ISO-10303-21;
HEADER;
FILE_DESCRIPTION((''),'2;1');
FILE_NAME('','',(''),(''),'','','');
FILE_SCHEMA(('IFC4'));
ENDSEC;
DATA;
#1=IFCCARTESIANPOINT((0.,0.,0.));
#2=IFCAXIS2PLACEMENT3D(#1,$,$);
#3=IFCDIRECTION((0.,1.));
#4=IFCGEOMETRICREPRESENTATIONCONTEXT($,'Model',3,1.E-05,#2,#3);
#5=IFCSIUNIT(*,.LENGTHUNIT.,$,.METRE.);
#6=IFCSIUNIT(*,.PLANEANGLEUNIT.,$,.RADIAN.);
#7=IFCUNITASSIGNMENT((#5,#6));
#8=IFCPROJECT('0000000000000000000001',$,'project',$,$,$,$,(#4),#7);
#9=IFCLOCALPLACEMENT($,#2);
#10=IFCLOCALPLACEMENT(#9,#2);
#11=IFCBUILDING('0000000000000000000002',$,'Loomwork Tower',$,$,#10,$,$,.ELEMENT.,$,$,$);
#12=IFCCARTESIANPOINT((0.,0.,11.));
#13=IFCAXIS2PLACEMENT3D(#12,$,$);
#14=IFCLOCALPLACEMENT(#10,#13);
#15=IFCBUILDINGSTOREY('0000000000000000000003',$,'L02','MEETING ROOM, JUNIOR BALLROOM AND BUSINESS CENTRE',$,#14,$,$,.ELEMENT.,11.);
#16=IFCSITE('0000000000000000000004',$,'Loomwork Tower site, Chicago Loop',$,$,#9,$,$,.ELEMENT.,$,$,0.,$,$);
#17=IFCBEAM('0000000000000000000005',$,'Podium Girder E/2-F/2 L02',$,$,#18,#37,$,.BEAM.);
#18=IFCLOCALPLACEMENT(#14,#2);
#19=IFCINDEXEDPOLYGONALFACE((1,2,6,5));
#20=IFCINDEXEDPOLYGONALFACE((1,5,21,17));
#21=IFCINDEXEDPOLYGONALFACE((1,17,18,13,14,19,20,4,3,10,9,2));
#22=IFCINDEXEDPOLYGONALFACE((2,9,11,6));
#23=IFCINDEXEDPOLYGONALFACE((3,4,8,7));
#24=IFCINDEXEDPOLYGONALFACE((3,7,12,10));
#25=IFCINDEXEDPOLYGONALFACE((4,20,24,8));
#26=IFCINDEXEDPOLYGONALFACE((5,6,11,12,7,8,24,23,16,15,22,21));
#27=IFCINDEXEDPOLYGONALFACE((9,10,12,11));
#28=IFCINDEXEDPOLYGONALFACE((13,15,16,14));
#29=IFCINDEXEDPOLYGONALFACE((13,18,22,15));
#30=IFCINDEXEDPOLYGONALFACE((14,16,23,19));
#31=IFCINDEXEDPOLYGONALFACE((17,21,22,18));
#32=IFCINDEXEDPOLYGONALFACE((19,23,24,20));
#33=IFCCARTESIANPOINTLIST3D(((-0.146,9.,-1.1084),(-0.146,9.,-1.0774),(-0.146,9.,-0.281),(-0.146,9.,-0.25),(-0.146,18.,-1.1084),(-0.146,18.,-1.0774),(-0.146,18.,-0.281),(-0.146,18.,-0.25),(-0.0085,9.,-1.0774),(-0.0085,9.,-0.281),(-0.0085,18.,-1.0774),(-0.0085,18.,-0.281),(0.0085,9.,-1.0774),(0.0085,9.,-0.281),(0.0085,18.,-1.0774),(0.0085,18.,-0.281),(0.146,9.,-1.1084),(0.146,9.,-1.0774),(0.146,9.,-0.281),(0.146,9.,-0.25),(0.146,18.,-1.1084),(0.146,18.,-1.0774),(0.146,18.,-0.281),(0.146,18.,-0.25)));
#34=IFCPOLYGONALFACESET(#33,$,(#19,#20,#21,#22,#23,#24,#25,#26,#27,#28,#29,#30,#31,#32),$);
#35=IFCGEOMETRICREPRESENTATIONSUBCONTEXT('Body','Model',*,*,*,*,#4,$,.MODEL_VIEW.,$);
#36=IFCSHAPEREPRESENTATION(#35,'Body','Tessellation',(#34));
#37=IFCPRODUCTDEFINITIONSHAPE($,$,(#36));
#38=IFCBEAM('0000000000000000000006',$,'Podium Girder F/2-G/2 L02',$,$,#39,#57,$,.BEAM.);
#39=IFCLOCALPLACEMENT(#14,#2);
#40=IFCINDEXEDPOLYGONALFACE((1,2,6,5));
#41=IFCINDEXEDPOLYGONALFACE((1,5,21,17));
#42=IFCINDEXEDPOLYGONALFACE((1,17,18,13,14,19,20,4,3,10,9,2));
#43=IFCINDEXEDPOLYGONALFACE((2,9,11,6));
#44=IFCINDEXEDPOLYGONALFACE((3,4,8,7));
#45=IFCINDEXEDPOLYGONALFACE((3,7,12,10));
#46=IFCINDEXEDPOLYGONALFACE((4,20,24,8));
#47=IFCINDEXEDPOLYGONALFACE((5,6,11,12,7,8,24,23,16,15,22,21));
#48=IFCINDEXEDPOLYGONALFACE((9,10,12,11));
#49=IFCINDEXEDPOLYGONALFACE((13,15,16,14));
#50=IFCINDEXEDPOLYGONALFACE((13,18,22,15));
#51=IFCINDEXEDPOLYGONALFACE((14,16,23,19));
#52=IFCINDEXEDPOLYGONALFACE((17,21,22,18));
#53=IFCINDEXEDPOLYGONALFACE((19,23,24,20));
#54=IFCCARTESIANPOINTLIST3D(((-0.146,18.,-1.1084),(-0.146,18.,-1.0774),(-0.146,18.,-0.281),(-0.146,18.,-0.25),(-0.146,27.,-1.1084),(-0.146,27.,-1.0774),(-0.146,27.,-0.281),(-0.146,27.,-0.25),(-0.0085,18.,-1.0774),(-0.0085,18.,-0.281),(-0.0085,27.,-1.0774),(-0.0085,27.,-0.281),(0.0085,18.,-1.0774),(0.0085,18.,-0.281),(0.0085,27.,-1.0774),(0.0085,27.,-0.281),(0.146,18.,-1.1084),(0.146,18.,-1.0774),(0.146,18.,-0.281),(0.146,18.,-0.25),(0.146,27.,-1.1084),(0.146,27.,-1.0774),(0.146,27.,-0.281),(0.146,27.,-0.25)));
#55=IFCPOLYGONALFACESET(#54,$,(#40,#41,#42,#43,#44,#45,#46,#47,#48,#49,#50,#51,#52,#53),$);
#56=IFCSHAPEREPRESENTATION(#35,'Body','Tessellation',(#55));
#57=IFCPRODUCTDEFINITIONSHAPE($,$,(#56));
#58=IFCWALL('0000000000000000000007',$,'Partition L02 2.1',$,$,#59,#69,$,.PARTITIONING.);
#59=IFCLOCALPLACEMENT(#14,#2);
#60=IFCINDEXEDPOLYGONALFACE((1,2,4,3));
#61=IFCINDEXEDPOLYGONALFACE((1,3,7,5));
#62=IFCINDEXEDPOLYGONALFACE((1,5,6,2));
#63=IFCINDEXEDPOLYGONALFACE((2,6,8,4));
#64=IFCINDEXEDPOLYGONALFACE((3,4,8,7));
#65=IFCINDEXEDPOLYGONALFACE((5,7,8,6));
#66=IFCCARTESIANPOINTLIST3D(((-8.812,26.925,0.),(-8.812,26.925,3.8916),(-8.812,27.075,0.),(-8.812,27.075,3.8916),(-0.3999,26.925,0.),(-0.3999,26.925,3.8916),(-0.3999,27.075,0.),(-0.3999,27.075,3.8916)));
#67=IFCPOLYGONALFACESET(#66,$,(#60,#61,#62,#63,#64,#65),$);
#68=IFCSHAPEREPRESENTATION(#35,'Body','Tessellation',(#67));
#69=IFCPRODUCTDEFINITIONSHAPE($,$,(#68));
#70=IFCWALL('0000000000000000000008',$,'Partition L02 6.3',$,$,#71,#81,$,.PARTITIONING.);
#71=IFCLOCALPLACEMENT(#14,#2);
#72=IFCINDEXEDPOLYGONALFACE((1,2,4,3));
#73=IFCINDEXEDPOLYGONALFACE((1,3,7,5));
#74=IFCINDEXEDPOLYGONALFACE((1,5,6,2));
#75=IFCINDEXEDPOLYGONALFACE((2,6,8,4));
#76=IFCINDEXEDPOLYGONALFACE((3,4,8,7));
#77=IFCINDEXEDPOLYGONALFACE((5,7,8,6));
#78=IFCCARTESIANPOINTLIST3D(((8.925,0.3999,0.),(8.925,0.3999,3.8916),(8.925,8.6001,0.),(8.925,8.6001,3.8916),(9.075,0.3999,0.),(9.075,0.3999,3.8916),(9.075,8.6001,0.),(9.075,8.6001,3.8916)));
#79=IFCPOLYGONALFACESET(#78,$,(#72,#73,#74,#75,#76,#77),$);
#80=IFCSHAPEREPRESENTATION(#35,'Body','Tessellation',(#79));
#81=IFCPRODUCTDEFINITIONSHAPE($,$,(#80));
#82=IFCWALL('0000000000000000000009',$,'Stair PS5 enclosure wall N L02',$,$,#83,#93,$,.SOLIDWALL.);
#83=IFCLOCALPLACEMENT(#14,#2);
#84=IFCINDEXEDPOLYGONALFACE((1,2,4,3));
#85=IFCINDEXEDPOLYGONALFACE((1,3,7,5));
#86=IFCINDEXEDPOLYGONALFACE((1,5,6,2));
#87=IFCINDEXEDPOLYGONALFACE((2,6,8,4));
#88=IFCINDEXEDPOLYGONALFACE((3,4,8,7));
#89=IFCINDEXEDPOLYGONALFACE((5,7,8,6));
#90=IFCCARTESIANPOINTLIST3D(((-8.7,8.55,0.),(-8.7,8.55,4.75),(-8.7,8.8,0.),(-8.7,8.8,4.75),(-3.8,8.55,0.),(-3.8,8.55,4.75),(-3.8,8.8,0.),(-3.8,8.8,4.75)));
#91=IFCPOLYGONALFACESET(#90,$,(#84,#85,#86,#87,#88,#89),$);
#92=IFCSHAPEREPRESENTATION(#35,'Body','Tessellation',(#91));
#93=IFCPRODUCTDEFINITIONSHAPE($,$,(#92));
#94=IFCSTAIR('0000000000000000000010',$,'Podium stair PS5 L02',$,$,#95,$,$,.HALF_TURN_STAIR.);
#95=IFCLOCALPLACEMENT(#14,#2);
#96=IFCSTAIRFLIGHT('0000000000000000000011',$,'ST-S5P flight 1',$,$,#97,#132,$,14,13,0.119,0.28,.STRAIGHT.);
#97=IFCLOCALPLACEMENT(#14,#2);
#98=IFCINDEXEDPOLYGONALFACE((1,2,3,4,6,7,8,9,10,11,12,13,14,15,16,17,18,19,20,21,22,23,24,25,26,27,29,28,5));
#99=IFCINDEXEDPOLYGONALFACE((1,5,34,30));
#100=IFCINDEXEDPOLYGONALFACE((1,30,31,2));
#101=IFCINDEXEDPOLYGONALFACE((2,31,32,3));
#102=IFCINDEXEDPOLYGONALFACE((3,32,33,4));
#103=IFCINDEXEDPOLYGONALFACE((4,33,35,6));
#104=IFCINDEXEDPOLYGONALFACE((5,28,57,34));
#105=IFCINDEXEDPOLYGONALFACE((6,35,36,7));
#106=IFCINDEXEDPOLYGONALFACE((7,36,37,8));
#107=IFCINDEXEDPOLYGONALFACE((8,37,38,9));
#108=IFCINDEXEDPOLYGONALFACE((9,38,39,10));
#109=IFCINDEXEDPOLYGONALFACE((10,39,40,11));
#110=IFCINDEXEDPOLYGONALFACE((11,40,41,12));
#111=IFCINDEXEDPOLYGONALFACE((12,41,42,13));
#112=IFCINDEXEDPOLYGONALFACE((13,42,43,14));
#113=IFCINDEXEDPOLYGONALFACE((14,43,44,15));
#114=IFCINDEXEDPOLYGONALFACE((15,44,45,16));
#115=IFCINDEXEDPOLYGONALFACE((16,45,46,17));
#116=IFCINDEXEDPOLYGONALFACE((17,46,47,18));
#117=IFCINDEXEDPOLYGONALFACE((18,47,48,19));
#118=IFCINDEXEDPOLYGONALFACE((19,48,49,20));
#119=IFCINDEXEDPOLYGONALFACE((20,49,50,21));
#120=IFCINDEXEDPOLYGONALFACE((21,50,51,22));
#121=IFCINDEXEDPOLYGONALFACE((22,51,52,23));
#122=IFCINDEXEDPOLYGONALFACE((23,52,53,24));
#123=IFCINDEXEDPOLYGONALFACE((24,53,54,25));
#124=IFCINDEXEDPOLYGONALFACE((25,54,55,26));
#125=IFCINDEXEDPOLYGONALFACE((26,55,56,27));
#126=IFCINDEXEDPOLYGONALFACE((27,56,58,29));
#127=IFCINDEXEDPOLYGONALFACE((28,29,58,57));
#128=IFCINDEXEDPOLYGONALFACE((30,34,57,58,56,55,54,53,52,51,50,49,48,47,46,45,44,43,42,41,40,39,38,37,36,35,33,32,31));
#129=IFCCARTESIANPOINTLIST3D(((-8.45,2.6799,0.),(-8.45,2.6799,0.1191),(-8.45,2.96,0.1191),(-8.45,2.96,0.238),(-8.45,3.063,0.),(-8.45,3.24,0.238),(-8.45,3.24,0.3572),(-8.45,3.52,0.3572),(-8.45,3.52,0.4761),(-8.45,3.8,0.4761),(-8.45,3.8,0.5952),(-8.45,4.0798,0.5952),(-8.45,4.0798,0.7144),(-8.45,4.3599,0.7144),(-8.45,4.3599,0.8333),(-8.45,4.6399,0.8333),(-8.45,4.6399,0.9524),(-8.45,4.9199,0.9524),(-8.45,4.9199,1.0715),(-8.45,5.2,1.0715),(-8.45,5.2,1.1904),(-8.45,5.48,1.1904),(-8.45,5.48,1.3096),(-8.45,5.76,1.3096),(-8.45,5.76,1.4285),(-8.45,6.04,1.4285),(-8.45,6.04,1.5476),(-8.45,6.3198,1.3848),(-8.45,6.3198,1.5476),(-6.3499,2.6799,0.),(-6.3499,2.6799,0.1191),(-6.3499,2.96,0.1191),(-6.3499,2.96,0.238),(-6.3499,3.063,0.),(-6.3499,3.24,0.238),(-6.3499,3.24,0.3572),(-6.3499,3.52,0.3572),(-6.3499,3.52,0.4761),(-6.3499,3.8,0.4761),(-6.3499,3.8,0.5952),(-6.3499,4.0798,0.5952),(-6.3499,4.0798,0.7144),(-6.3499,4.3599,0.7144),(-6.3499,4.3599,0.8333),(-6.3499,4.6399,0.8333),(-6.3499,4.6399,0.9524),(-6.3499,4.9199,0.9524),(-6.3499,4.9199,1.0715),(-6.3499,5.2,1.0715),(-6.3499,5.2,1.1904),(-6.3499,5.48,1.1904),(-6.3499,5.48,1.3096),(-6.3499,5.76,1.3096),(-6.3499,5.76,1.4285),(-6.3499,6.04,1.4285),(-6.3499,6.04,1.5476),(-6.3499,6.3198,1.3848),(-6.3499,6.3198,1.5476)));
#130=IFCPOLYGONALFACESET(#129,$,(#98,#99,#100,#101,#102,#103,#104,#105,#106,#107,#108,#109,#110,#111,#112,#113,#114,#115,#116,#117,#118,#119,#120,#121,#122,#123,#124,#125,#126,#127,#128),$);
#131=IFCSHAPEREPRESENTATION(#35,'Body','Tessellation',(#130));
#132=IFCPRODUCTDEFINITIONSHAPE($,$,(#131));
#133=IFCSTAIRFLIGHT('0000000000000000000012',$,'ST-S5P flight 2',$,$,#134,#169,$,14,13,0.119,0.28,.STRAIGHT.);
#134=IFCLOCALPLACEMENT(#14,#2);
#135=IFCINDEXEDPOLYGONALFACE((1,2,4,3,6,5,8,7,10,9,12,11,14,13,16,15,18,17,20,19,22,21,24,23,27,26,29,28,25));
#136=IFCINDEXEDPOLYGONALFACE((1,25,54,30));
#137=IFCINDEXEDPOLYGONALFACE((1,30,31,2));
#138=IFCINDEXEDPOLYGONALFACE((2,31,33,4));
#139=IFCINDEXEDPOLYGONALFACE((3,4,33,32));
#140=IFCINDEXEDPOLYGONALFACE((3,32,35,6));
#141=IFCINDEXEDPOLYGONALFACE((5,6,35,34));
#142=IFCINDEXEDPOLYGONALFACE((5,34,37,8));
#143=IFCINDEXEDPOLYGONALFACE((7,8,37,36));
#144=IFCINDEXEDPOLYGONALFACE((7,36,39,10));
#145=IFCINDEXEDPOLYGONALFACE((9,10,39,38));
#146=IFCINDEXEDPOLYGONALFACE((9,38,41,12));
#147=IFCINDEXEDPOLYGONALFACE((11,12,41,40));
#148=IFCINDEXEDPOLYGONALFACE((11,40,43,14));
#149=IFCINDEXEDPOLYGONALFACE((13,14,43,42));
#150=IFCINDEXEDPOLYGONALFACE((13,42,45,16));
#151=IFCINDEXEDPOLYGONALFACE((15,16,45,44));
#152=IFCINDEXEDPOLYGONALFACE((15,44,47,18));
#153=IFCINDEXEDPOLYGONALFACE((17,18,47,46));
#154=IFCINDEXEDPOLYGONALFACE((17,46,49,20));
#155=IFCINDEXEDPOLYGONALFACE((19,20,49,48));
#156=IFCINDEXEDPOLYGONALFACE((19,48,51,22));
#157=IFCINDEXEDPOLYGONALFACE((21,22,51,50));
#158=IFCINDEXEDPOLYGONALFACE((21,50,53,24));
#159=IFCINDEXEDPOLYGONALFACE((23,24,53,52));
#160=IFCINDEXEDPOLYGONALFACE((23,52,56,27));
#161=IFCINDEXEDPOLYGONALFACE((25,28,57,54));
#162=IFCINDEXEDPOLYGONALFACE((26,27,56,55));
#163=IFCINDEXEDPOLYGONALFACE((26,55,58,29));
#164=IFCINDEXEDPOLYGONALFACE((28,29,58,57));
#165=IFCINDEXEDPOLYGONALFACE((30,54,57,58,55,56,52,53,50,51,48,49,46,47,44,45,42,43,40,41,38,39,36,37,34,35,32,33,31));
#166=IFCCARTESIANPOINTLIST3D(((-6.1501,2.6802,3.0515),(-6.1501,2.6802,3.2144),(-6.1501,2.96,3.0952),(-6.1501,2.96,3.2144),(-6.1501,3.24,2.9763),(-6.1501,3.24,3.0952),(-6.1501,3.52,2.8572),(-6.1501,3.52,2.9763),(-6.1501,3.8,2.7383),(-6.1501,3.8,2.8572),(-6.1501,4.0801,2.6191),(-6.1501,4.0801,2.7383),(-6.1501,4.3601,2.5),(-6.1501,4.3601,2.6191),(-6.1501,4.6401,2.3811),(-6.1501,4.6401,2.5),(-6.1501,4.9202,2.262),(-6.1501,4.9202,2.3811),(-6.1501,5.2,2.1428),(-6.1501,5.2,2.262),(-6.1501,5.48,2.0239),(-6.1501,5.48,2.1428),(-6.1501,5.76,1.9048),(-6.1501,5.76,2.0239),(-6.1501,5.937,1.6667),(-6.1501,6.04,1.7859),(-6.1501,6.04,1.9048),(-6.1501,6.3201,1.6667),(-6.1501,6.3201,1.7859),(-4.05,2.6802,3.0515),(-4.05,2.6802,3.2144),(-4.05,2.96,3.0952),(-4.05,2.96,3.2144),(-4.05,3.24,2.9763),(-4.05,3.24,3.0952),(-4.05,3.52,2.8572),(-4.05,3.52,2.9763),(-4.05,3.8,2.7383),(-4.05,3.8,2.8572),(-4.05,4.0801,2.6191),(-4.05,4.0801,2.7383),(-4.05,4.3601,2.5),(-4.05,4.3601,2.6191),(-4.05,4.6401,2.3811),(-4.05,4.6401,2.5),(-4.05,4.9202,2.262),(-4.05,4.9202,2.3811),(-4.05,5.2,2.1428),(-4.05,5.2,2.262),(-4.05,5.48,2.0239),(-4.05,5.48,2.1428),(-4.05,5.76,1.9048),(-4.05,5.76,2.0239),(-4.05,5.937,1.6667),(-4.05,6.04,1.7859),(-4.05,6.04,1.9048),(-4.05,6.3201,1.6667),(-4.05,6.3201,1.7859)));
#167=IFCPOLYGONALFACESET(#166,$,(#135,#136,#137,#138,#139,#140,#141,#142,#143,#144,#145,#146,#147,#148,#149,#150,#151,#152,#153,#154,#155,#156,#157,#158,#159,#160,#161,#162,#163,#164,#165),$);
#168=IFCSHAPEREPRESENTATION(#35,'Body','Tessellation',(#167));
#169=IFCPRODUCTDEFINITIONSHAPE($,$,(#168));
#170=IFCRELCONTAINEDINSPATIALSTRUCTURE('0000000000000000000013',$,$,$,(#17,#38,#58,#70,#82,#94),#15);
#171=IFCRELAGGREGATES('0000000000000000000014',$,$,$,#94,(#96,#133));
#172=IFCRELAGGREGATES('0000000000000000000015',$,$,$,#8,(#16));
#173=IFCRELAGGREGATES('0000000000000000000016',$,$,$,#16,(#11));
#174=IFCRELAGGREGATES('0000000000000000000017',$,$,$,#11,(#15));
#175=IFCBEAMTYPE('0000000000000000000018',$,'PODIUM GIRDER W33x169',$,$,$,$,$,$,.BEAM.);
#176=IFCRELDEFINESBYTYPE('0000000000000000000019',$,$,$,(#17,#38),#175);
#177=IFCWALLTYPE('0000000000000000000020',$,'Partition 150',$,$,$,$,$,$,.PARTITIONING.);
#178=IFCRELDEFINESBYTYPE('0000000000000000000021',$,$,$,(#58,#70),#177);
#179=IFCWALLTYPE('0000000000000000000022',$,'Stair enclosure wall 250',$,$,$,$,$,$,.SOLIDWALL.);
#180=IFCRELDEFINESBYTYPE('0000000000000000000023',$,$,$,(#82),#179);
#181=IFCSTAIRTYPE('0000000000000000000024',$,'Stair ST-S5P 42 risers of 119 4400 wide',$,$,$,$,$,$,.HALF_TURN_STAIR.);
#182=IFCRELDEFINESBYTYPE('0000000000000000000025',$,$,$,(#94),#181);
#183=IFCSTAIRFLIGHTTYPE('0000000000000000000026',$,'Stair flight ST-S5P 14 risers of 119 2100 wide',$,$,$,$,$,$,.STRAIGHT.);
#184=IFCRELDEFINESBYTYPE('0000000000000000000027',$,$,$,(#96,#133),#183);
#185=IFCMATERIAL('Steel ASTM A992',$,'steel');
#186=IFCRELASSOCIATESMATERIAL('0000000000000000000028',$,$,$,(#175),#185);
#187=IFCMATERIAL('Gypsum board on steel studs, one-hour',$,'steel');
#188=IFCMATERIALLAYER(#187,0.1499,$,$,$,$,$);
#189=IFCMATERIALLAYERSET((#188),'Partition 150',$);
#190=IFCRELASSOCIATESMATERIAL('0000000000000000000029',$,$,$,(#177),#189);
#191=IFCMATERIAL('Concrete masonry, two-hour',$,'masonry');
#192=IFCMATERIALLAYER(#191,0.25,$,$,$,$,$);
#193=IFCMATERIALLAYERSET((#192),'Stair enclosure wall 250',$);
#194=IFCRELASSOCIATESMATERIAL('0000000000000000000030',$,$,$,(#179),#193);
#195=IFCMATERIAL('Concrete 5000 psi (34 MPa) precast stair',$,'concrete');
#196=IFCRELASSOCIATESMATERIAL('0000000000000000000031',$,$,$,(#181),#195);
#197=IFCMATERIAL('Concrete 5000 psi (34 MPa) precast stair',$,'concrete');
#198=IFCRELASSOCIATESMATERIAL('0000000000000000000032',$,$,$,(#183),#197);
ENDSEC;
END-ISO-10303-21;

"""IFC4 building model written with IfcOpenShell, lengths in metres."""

from ifc_helpers import new_model, si_unit, direction, frame, frame_2d, origin, origin_2d, place, context, subcontext, project, spatial, polyline, rectangle, i_section, outline, extrude, material, layer, layer_set, material_profile, profile_set, type_object, element, aggregate, save


model = new_model("IFC4")

# Units and contexts
model_context = context("Model", 3, precision=1e-05, world=origin(), true_north=direction((0.0, 1.0)))
body_context = subcontext(model_context, "Body", "Model", "MODEL_VIEW")
ifc_project = project(units=[si_unit("LENGTHUNIT", "METRE"), si_unit("PLANEANGLEUNIT", "RADIAN")], contexts=[model_context])

# Site, building, storey
site_placement = place(None, origin())
site = spatial("IfcSite", under=ifc_project, at=site_placement, Name="Loomwork Tower site, Chicago Loop", CompositionType="ELEMENT", RefElevation=0.0)
building_placement = place(site_placement, origin())
building = spatial("IfcBuilding", under=site, at=building_placement, Name="Loomwork Tower", CompositionType="ELEMENT")
storey_placement = place(building_placement, frame((0.0, 0.0, 11.0)))
storey = spatial("IfcBuildingStorey", under=building, at=storey_placement, Name="L02", Description="MEETING ROOM, JUNIOR BALLROOM AND BUSINESS CENTRE", CompositionType="ELEMENT", Elevation=11.0)

# Beams
ifc_material_1 = material(Name="Steel ASTM A992", Category="steel")
ifc_material_profile_1 = material_profile(ifc_material_1, i_section(OverallWidth=0.292, OverallDepth=0.8584, WebThickness=0.0171, FlangeThickness=0.031, at=origin_2d()), Name="W33x169")
ifc_profile_set_1 = profile_set([ifc_material_profile_1], Name="Steel ASTM A992")
beam_type_1 = type_object("IfcBeamType", Name="PODIUM GIRDER W33x169", PredefinedType="BEAM", material=ifc_profile_set_1)
for number, where, z_axis, x_axis, name in (
    (1, (0.0, 9.0, -0.6792), (0.0, 1.0, 0.0), (-1.0, 0.0, 0.0), "Podium Girder E/2-F/2 L02"),
    (2, (0.0, 18.0, -0.6792), (0.0, 1.0, 0.0), (-1.0, 0.0, 0.0), "Podium Girder F/2-G/2 L02"),
):
    element("IfcBeam", number, at=place(storey_placement, frame(where, z_axis=z_axis, x_axis=x_axis)), inside=storey, type_object=beam_type_1, Name=name, PredefinedType="BEAM", context=body_context, shape_type="SweptSolid", body=[
        extrude(i_section(OverallWidth=0.292, OverallDepth=0.8584, WebThickness=0.0171, FlangeThickness=0.031, at=origin_2d()), origin(), (0.0, 0.0, 1.0), 9.0),
    ])

# Walls
ifc_material_2 = material(Name="Gypsum board on steel studs, one-hour", Category="steel")
ifc_layer_1 = layer(ifc_material_2, 0.1499)
ifc_layer_set_1 = layer_set([ifc_layer_1], Name="Partition 150")
wall_type_1 = type_object("IfcWallType", Name="Partition 150", PredefinedType="PARTITIONING", material=ifc_layer_set_1)
wall_1_placement = place(storey_placement, frame((-8.812, 27.0, 0.0), z_axis=(0.0, 0.0, 1.0), x_axis=(1.0, 0.0, 0.0)))
element("IfcWall", 3, at=wall_1_placement, inside=storey, type_object=wall_type_1, Name="Partition L02 2.1", PredefinedType="PARTITIONING", context=body_context, shape_type="SweptSolid", body=[
    extrude(rectangle(XDim=8.4121, YDim=0.1499, at=frame_2d((4.2061, 0.0))), origin(), (0.0, 0.0, 1.0), 3.8916),
])
wall_2_placement = place(storey_placement, frame((9.0, 8.6001, 0.0), z_axis=(0.0, 0.0, 1.0), x_axis=(0.0, -1.0, 0.0)))
element("IfcWall", 4, at=wall_2_placement, inside=storey, type_object=wall_type_1, Name="Partition L02 6.3", PredefinedType="PARTITIONING", context=body_context, shape_type="SweptSolid", body=[
    extrude(rectangle(XDim=8.2002, YDim=0.1499, at=frame_2d((4.1001, 0.0))), origin(), (0.0, 0.0, 1.0), 3.8916),
])
ifc_material_3 = material(Name="Concrete masonry, two-hour", Category="masonry")
ifc_layer_2 = layer(ifc_material_3, 0.25)
ifc_layer_set_2 = layer_set([ifc_layer_2], Name="Stair enclosure wall 250")
wall_type_2 = type_object("IfcWallType", Name="Stair enclosure wall 250", PredefinedType="SOLIDWALL", material=ifc_layer_set_2)
wall_3_placement = place(storey_placement, frame((-8.7, 8.675, 0.0), z_axis=(0.0, 0.0, 1.0), x_axis=(1.0, 0.0, 0.0)))
element("IfcWall", 5, at=wall_3_placement, inside=storey, type_object=wall_type_2, Name="Stair PS5 enclosure wall N L02", PredefinedType="SOLIDWALL", context=body_context, shape_type="SweptSolid", body=[
    extrude(rectangle(XDim=4.8999, YDim=0.25, at=frame_2d((2.45, 0.0))), origin(), (0.0, 0.0, 1.0), 4.75),
])

# Stair, stair flights
ifc_material_4 = material(Name="Concrete 5000 psi (34 MPa) precast stair", Category="concrete")
stair_type = type_object("IfcStairType", Name="Stair ST-S5P 42 risers of 119 4400 wide", PredefinedType="HALF_TURN_STAIR", material=ifc_material_4)
stair_placement = place(storey_placement, origin())
stair = element("IfcStair", 6, at=stair_placement, inside=storey, type_object=stair_type, Name="Podium stair PS5 L02", PredefinedType="HALF_TURN_STAIR")
ifc_material_5 = material(Name="Concrete 5000 psi (34 MPa) precast stair", Category="concrete")
stair_flight_type = type_object("IfcStairFlightType", Name="Stair flight ST-S5P 14 risers of 119 2100 wide", PredefinedType="STRAIGHT", material=ifc_material_5)
stair_flight_1_placement = place(storey_placement, frame((-7.3999, 2.6799, 0.0), z_axis=(0.0, 0.0, 1.0), x_axis=(0.0, 1.0, 0.0)))
stair_flight_1 = element("IfcStairFlight", 7, at=stair_flight_1_placement, type_object=stair_flight_type, Name="ST-S5P flight 1", NumberOfRisers=14, NumberOfTreads=13, PredefinedType="STRAIGHT", RiserHeight=0.119, TreadLength=0.28, context=body_context, shape_type="SweptSolid", body=[
    extrude(outline(polyline([(0.0, 0.0), (0.0, 0.1191), (0.28, 0.1191), (0.28, 0.238), (0.5601, 0.238), (0.5601, 0.3572), (0.8401, 0.3572), (0.8401, 0.4761), (1.1201, 0.4761), (1.1201, 0.5952), (1.3999, 0.5952), (1.3999, 0.7144), (1.6799, 0.7144), (1.6799, 0.8333), (1.96, 0.8333), (1.96, 0.9524), (2.24, 0.9524), (2.24, 1.0715), (2.52, 1.0715), (2.52, 1.1904), (2.8, 1.1904), (2.8, 1.3096), (3.0801, 1.3096), (3.0801, 1.4285), (3.3601, 1.4285), (3.3601, 1.5476), (3.6399, 1.5476), (3.6399, 1.6667), (3.6399, 1.3848), (0.3831, 0.0), (0.0, 0.0)])), frame((0.0, 1.05, 0.0), z_axis=(0.0, -1.0, 0.0), x_axis=(1.0, 0.0, 0.0)), (0.0, 0.0, 1.0), 2.1001),
])
stair_flight_2_placement = place(storey_placement, frame((-5.1001, 6.3201, 1.6667), z_axis=(0.0, 0.0, 1.0), x_axis=(0.0, -1.0, 0.0)))
stair_flight_2 = element("IfcStairFlight", 8, at=stair_flight_2_placement, type_object=stair_flight_type, Name="ST-S5P flight 2", NumberOfRisers=14, NumberOfTreads=13, PredefinedType="STRAIGHT", RiserHeight=0.119, TreadLength=0.28, context=body_context, shape_type="SweptSolid", body=[
    extrude(outline(polyline([(0.0, 0.0), (0.0, 0.1191), (0.28, 0.1191), (0.28, 0.238), (0.5601, 0.238), (0.5601, 0.3572), (0.8401, 0.3572), (0.8401, 0.4761), (1.1201, 0.4761), (1.1201, 0.5952), (1.3999, 0.5952), (1.3999, 0.7144), (1.6799, 0.7144), (1.6799, 0.8333), (1.96, 0.8333), (1.96, 0.9524), (2.24, 0.9524), (2.24, 1.0715), (2.52, 1.0715), (2.52, 1.1904), (2.8, 1.1904), (2.8, 1.3096), (3.0801, 1.3096), (3.0801, 1.4285), (3.3601, 1.4285), (3.3601, 1.5476), (3.6399, 1.5476), (3.6399, 1.6667), (3.6399, 1.3848), (0.3831, 0.0), (0.0, 0.0)])), frame((0.0, 1.05, 0.0), z_axis=(0.0, -1.0, 0.0), x_axis=(1.0, 0.0, 0.0)), (0.0, 0.0, 1.0), 2.1001),
])
aggregate(stair, [stair_flight_1, stair_flight_2])

save(model, "model.ifc")
